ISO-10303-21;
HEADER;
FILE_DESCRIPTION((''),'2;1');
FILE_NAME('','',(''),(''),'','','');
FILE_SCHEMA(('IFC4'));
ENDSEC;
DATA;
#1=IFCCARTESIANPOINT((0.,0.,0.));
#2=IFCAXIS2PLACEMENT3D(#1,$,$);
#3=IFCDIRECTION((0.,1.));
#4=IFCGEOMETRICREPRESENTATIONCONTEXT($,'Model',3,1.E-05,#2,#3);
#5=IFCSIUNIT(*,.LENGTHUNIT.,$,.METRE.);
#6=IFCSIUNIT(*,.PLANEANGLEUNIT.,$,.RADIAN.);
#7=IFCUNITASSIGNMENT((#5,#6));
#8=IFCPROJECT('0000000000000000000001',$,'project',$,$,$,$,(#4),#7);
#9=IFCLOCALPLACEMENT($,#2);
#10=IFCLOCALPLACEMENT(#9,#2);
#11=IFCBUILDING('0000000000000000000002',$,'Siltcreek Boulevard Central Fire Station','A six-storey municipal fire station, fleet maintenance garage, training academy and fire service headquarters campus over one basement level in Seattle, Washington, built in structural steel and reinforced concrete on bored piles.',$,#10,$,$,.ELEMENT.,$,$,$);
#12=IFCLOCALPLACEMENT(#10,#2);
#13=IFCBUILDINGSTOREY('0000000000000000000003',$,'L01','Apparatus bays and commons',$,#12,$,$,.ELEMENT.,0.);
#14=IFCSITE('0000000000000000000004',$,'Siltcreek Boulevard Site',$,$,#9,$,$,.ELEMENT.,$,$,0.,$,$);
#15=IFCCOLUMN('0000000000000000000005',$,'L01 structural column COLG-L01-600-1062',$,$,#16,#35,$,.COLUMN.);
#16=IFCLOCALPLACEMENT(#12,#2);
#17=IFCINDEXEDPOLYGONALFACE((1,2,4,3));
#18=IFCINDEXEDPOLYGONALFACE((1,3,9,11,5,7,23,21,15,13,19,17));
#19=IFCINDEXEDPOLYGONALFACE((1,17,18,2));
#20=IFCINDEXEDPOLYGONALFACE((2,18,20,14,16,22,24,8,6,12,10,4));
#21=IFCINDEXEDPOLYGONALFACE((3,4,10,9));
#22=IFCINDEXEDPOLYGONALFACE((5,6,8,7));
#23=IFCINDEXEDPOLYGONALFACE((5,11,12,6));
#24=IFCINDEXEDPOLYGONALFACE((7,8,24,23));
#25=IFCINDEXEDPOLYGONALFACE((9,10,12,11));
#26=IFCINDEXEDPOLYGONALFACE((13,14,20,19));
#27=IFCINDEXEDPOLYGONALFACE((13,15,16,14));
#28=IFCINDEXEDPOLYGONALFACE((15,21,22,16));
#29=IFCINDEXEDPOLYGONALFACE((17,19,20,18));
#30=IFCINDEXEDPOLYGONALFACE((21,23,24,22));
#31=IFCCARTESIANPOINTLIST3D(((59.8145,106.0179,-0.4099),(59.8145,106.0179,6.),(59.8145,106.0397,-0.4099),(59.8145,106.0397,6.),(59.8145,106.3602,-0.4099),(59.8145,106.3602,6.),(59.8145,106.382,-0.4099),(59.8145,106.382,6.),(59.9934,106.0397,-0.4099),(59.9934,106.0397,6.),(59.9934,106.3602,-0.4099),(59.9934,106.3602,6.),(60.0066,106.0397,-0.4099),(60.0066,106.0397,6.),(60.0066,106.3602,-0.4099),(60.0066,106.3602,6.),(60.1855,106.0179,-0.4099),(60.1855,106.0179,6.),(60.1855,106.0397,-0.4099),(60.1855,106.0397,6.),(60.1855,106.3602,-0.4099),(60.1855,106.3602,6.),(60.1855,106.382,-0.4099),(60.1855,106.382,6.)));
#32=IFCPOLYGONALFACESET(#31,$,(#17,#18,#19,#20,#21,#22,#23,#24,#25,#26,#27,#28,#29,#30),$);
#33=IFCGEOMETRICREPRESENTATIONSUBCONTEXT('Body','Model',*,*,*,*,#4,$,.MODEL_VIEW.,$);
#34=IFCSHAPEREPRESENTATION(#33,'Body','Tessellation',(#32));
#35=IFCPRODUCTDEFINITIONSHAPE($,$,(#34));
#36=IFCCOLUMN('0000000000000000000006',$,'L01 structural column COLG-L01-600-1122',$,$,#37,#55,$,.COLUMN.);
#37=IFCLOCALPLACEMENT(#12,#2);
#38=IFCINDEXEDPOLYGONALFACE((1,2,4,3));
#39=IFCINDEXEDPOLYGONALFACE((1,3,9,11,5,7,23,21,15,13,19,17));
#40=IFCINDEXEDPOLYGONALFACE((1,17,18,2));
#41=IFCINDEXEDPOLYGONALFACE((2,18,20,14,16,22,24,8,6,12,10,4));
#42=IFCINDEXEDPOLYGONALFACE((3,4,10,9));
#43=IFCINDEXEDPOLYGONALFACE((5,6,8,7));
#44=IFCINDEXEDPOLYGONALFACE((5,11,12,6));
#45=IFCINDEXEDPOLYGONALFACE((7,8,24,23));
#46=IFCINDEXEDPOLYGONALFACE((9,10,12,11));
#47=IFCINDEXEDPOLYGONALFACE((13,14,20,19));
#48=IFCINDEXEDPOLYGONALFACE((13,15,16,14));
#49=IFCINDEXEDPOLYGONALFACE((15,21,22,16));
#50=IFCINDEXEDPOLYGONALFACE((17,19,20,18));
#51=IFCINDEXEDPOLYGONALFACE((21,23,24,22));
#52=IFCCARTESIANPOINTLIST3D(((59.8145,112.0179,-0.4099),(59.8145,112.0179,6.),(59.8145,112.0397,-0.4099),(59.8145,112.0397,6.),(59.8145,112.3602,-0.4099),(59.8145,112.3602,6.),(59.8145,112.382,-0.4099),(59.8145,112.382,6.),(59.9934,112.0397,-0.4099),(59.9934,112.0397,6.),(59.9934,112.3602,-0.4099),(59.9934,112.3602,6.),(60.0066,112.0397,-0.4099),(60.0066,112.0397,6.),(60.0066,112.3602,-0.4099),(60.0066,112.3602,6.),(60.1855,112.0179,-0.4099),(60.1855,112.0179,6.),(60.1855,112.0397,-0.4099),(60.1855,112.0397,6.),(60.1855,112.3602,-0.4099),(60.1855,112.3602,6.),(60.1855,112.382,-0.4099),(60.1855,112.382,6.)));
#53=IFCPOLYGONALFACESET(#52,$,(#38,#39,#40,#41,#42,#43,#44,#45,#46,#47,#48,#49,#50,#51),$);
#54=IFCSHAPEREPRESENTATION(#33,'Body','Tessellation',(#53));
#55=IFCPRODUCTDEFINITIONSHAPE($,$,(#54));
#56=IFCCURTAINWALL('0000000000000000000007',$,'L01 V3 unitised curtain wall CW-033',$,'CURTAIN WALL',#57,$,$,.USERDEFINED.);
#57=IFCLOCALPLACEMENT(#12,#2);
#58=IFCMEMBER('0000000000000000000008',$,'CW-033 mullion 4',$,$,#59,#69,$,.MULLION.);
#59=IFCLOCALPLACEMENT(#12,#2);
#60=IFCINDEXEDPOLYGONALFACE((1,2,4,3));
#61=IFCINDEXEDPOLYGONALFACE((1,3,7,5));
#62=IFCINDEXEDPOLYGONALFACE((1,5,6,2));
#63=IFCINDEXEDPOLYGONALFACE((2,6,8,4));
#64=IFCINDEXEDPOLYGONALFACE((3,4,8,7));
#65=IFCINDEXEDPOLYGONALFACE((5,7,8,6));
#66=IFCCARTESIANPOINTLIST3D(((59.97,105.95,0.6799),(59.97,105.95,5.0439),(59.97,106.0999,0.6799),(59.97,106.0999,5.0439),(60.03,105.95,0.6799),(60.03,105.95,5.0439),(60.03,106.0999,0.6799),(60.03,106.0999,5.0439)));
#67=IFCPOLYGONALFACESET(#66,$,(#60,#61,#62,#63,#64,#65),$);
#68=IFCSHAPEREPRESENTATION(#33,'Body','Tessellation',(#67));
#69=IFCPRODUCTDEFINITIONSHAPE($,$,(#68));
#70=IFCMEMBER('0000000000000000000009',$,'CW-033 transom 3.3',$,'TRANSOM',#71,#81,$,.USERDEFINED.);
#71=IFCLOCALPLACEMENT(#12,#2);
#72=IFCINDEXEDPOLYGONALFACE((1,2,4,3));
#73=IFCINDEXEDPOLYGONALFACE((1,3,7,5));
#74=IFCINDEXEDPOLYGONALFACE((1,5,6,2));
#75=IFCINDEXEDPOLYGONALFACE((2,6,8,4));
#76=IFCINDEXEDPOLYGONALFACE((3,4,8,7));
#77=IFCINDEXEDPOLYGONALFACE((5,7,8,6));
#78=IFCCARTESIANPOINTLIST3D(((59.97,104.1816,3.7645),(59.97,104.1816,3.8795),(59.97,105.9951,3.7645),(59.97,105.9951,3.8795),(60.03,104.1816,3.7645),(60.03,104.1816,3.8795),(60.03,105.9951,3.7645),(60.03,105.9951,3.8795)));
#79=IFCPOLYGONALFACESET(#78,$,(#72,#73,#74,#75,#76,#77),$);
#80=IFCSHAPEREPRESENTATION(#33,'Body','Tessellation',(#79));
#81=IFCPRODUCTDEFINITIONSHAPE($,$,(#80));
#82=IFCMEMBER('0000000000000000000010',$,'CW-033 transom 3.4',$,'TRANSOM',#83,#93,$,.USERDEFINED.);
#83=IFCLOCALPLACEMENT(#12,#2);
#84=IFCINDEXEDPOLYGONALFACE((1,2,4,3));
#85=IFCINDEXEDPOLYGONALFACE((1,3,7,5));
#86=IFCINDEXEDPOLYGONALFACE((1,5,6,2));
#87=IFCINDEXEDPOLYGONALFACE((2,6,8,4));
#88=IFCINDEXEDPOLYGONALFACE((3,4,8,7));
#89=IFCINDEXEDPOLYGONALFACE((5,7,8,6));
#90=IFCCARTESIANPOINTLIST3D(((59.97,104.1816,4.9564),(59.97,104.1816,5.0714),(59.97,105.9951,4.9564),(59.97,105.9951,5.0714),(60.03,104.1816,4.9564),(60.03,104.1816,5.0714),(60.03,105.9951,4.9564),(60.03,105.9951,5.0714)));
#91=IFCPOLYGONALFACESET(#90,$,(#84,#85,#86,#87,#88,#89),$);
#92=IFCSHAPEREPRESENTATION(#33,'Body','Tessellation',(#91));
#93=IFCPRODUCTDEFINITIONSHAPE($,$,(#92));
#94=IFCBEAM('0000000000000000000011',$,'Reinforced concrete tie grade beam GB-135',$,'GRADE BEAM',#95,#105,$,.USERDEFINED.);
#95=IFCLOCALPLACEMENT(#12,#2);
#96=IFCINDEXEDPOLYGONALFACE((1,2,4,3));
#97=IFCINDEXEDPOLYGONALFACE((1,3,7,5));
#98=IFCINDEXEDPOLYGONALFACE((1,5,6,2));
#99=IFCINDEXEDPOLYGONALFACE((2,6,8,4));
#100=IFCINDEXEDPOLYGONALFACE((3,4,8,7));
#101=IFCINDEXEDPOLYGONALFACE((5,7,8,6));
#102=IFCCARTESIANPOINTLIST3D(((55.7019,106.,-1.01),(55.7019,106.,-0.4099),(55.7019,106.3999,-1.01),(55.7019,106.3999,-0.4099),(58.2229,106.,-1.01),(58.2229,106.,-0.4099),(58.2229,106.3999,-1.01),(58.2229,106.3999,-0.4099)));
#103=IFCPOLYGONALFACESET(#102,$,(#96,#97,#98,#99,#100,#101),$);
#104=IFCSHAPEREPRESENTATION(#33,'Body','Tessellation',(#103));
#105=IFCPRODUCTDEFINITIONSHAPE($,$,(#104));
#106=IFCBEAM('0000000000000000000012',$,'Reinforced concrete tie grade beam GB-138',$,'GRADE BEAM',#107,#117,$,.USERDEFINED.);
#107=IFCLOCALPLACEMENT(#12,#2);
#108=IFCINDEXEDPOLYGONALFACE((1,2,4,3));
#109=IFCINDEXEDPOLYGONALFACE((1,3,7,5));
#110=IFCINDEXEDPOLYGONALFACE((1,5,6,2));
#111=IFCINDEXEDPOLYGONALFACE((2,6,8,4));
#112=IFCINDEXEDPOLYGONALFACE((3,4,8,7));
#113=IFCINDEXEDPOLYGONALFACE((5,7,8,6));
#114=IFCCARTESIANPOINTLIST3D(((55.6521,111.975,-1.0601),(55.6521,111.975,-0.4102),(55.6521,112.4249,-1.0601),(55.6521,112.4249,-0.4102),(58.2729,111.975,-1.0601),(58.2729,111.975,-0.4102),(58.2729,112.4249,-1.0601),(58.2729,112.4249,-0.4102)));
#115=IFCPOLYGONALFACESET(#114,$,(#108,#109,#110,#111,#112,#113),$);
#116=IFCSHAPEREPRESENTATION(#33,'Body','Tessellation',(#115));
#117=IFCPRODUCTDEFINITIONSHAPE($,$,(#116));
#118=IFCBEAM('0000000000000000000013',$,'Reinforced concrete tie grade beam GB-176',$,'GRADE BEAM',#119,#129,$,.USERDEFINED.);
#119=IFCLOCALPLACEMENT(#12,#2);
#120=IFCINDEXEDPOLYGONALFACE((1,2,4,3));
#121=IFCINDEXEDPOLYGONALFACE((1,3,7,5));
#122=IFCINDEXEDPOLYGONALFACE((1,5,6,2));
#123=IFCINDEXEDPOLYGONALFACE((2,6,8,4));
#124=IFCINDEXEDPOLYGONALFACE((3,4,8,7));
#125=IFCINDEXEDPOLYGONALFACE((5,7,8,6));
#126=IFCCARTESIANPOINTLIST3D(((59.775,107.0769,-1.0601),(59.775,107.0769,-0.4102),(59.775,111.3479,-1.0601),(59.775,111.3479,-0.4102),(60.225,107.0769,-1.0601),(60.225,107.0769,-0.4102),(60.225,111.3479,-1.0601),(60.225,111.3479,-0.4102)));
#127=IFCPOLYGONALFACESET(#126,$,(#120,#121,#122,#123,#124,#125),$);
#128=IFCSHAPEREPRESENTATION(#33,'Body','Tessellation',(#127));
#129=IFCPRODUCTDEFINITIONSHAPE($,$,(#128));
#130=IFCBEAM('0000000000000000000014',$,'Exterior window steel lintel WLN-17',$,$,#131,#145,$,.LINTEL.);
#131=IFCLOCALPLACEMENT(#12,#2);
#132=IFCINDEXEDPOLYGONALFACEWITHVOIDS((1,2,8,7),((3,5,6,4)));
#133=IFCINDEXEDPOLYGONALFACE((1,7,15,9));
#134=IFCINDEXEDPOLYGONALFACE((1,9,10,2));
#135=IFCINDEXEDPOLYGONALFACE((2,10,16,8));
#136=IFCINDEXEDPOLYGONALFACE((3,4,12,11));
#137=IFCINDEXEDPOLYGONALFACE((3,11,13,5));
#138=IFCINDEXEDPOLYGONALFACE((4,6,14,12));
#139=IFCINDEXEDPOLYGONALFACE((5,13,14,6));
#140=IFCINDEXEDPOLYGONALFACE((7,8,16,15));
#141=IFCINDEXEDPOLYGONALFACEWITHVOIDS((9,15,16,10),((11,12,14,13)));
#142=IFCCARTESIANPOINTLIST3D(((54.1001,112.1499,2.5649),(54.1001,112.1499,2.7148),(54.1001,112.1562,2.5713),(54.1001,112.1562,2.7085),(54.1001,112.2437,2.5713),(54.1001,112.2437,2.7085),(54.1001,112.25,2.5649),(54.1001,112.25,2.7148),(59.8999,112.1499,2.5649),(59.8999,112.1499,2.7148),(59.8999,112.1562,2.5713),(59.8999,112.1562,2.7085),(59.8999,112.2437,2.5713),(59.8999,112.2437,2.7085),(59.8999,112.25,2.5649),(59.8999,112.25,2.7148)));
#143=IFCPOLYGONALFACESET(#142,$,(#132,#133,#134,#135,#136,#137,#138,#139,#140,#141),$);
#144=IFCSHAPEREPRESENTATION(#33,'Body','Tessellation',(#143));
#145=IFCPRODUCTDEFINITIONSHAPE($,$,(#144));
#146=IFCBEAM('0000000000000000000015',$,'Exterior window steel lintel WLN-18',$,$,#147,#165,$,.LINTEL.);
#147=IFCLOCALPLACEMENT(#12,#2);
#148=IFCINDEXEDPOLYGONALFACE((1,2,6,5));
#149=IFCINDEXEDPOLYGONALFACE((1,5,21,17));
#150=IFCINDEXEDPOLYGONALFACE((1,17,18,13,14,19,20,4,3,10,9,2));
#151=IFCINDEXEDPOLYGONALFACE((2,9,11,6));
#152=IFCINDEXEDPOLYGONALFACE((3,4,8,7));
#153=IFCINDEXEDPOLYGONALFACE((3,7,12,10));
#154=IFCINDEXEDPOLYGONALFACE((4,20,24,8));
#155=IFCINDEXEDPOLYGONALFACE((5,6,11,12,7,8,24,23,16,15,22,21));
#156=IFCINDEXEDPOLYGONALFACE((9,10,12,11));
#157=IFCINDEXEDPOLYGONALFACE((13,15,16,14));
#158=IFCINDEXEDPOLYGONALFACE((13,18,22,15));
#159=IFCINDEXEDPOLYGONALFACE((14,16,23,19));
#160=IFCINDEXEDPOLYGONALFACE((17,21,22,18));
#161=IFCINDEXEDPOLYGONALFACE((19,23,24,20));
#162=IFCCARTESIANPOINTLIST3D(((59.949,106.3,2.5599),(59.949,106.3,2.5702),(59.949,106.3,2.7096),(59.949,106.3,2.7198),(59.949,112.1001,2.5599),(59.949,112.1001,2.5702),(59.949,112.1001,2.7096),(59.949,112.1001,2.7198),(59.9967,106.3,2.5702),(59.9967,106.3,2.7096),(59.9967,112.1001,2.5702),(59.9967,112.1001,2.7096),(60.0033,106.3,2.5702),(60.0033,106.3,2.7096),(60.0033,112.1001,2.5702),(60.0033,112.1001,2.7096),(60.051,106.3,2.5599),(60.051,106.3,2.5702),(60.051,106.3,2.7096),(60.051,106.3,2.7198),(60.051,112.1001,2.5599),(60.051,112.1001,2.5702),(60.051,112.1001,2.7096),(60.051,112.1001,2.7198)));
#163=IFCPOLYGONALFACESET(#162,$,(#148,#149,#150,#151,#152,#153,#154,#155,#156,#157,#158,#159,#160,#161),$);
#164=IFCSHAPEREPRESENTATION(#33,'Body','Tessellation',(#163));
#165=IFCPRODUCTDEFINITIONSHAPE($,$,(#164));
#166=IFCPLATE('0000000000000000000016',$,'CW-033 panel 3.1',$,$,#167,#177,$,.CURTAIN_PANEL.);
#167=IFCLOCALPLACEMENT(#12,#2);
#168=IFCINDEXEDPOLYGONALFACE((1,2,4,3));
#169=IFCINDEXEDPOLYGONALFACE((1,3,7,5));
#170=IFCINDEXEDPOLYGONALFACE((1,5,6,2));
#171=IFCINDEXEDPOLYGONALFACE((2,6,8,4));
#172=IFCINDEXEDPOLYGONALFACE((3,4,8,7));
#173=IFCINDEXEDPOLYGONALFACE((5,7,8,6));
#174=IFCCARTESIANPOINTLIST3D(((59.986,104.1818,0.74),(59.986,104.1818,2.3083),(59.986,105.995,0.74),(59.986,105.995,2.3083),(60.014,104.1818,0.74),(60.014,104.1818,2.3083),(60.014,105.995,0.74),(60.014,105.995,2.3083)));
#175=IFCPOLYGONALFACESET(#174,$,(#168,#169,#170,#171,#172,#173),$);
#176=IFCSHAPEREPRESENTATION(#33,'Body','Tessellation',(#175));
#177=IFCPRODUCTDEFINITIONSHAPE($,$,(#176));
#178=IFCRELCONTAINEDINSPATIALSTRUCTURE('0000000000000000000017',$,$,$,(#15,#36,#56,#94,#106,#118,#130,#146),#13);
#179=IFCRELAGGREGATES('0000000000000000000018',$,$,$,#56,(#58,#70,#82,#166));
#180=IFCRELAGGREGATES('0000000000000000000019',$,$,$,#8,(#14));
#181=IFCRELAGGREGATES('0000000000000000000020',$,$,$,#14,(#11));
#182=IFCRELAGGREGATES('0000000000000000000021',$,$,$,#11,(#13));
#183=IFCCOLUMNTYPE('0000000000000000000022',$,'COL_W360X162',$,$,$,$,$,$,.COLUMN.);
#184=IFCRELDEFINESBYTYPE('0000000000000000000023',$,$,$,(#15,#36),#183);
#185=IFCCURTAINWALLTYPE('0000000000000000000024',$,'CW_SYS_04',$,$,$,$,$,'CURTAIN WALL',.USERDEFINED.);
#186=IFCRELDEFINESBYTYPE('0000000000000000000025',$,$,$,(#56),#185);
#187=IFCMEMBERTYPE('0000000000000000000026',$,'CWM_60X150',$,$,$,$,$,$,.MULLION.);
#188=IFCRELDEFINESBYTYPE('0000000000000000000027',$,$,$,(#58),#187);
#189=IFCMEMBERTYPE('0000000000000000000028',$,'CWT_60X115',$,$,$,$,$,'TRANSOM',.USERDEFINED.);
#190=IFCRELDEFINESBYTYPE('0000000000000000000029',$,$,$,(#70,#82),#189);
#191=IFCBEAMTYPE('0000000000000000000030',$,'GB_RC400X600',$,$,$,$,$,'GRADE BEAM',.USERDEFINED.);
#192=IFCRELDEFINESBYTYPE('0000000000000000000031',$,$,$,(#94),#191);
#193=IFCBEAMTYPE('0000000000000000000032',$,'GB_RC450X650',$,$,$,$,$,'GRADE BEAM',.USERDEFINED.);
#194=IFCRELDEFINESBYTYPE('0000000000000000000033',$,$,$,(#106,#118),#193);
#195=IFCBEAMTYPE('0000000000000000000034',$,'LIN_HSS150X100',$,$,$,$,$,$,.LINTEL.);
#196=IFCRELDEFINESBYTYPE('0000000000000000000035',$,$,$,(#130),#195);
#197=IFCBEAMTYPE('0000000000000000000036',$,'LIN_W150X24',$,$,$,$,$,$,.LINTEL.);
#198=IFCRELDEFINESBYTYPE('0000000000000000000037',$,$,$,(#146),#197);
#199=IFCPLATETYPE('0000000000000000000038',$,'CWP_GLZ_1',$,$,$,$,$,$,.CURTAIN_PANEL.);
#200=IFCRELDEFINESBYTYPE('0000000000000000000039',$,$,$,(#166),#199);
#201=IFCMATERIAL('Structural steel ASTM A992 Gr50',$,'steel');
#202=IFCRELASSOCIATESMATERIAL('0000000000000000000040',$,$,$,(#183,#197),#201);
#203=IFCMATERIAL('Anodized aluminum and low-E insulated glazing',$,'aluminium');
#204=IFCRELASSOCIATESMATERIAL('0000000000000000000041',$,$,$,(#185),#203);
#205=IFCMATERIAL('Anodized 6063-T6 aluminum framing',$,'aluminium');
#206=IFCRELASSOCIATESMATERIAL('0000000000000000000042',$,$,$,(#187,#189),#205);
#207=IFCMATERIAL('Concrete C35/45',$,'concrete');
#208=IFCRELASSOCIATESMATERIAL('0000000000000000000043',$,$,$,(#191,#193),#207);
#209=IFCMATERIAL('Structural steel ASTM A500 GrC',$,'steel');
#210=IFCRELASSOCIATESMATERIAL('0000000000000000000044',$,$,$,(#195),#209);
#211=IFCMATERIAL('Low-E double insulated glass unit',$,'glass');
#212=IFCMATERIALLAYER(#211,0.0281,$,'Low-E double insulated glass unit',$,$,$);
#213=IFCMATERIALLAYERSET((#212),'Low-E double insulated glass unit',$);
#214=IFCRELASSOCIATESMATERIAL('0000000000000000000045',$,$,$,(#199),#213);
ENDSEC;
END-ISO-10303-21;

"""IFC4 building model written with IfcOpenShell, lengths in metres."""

from ifc_helpers import new_model, si_unit, direction, frame, origin, origin_2d, place, context, subcontext, project, spatial, rectangle, hollow_rectangle, i_section, extrude, material, layer, layer_set, material_profile, profile_set, type_object, element, aggregate, save


model = new_model("IFC4")

# Units and contexts
model_context = context("Model", 3, precision=1e-05, world=origin(), true_north=direction((0.0, 1.0)))
body_context = subcontext(model_context, "Body", "Model", "MODEL_VIEW")
ifc_project = project(units=[si_unit("LENGTHUNIT", "METRE"), si_unit("PLANEANGLEUNIT", "RADIAN")], contexts=[model_context])

# Site, building, storey
site_placement = place(None, origin())
site = spatial("IfcSite", under=ifc_project, at=site_placement, Name="Siltcreek Boulevard Site", CompositionType="ELEMENT", RefElevation=0.0)
building_placement = place(site_placement, origin())
building = spatial("IfcBuilding", under=site, at=building_placement, Name="Siltcreek Boulevard Central Fire Station", Description="A six-storey municipal fire station, fleet maintenance garage, training academy and fire service headquarters campus over one basement level in Seattle, Washington, built in structural steel and reinforced concrete on bored piles.", CompositionType="ELEMENT")
storey_placement = place(building_placement, origin())
storey = spatial("IfcBuildingStorey", under=building, at=storey_placement, Name="L01", Description="Apparatus bays and commons", CompositionType="ELEMENT", Elevation=0.0)

# Shared definitions
ifc_material_1 = material(Name="Concrete C35/45", Category="concrete")

# Columns
ifc_material_2 = material(Name="Structural steel ASTM A992 Gr50", Category="steel")
ifc_material_profile_1 = material_profile(ifc_material_2, i_section(OverallWidth=0.3711, OverallDepth=0.364, WebThickness=0.0132, FlangeThickness=0.0217, at=origin_2d()), Name="W360X162")
ifc_profile_set_1 = profile_set([ifc_material_profile_1], Name="Structural steel ASTM A992 Gr50")
column_type = type_object("IfcColumnType", Name="COL_W360X162", PredefinedType="COLUMN", material=ifc_profile_set_1)
for number, where, z_axis, x_axis, name in (
    (1, (60.0, 106.2, -0.4099), (0.0, 0.0, 1.0), (1.0, 0.0, 0.0), "L01 structural column COLG-L01-600-1062"),
    (2, (60.0, 112.2, -0.4099), (0.0, 0.0, 1.0), (1.0, 0.0, 0.0), "L01 structural column COLG-L01-600-1122"),
):
    element("IfcColumn", number, at=place(storey_placement, frame(where, z_axis=z_axis, x_axis=x_axis)), inside=storey, type_object=column_type, Name=name, PredefinedType="COLUMN", context=body_context, shape_type="SweptSolid", body=[
        extrude(i_section(OverallWidth=0.3711, OverallDepth=0.364, WebThickness=0.0132, FlangeThickness=0.0217, at=origin_2d()), origin(), (0.0, 0.0, 1.0), 6.4099),
    ])

# Curtain wall, members
ifc_material_3 = material(Name="Anodized aluminum and low-E insulated glazing", Category="aluminium")
curtain_wall_type = type_object("IfcCurtainWallType", Name="CW_SYS_04", ElementType="CURTAIN WALL", PredefinedType="USERDEFINED", material=ifc_material_3)
curtain_wall_placement = place(storey_placement, origin())
curtain_wall = element("IfcCurtainWall", 3, at=curtain_wall_placement, inside=storey, type_object=curtain_wall_type, Name="L01 V3 unitised curtain wall CW-033", ObjectType="CURTAIN WALL", PredefinedType="USERDEFINED")
ifc_material_4 = material(Name="Anodized 6063-T6 aluminum framing", Category="aluminium")
ifc_material_profile_2 = material_profile(ifc_material_4, rectangle(XDim=0.0601, YDim=0.1499, at=origin_2d()), Name="MULL60X150")
ifc_profile_set_2 = profile_set([ifc_material_profile_2], Name="Anodized 6063-T6 aluminum framing")
member_type_1 = type_object("IfcMemberType", Name="CWM_60X150", PredefinedType="MULLION", material=ifc_profile_set_2)
member_1_placement = place(storey_placement, frame((60.0, 106.0249, 0.6799), z_axis=(0.0, 0.0, 1.0), x_axis=(-1.0, 0.0, 0.0)))
member_1 = element("IfcMember", 4, at=member_1_placement, type_object=member_type_1, Name="CW-033 mullion 4", PredefinedType="MULLION", context=body_context, shape_type="SweptSolid", body=[
    extrude(rectangle(XDim=0.0601, YDim=0.1499, at=origin_2d()), origin(), (0.0, 0.0, 1.0), 4.364),
])
ifc_material_profile_3 = material_profile(ifc_material_4, rectangle(XDim=0.0601, YDim=0.115, at=origin_2d()), Name="TRAN60X115")
ifc_profile_set_3 = profile_set([ifc_material_profile_3], Name="Anodized 6063-T6 aluminum framing")
member_type_2 = type_object("IfcMemberType", Name="CWT_60X115", ElementType="TRANSOM", PredefinedType="USERDEFINED", material=ifc_profile_set_3)
member_2_placement = place(storey_placement, frame((60.0, 104.1816, 3.822), z_axis=(0.0, 1.0, 0.0), x_axis=(-1.0, 0.0, 0.0)))
member_2 = element("IfcMember", 5, at=member_2_placement, type_object=member_type_2, Name="CW-033 transom 3.3", ObjectType="TRANSOM", PredefinedType="USERDEFINED", context=body_context, shape_type="SweptSolid", body=[
    extrude(rectangle(XDim=0.0601, YDim=0.115, at=origin_2d()), origin(), (0.0, 0.0, 1.0), 1.8135),
])
member_3_placement = place(storey_placement, frame((60.0, 104.1816, 5.0139), z_axis=(0.0, 1.0, 0.0), x_axis=(-1.0, 0.0, 0.0)))
member_3 = element("IfcMember", 6, at=member_3_placement, type_object=member_type_2, Name="CW-033 transom 3.4", ObjectType="TRANSOM", PredefinedType="USERDEFINED", context=body_context, shape_type="SweptSolid", body=[
    extrude(rectangle(XDim=0.0601, YDim=0.115, at=origin_2d()), origin(), (0.0, 0.0, 1.0), 1.8135),
])

# Beams
ifc_material_profile_4 = material_profile(ifc_material_1, rectangle(XDim=0.3999, YDim=0.6001, at=origin_2d()), Name="RC400X600")
ifc_profile_set_4 = profile_set([ifc_material_profile_4], Name="Concrete C35/45")
beam_type_1 = type_object("IfcBeamType", Name="GB_RC400X600", ElementType="GRADE BEAM", PredefinedType="USERDEFINED", material=ifc_profile_set_4)
beam_1_placement = place(storey_placement, frame((55.7019, 106.2, -0.71), z_axis=(1.0, 0.0, 0.0), x_axis=(0.0, 1.0, 0.0)))
element("IfcBeam", 7, at=beam_1_placement, inside=storey, type_object=beam_type_1, Name="Reinforced concrete tie grade beam GB-135", ObjectType="GRADE BEAM", PredefinedType="USERDEFINED", context=body_context, shape_type="SweptSolid", body=[
    extrude(rectangle(XDim=0.3999, YDim=0.6001, at=origin_2d()), origin(), (0.0, 0.0, 1.0), 2.521),
])
ifc_material_profile_5 = material_profile(ifc_material_1, rectangle(XDim=0.45, YDim=0.6499, at=origin_2d()), Name="RC450X650")
ifc_profile_set_5 = profile_set([ifc_material_profile_5], Name="Concrete C35/45")
beam_type_2 = type_object("IfcBeamType", Name="GB_RC450X650", ElementType="GRADE BEAM", PredefinedType="USERDEFINED", material=ifc_profile_set_5)
beam_2_placement = place(storey_placement, frame((55.6521, 112.2, -0.7351), z_axis=(1.0, 0.0, 0.0), x_axis=(0.0, 1.0, 0.0)))
element("IfcBeam", 8, at=beam_2_placement, inside=storey, type_object=beam_type_2, Name="Reinforced concrete tie grade beam GB-138", ObjectType="GRADE BEAM", PredefinedType="USERDEFINED", context=body_context, shape_type="SweptSolid", body=[
    extrude(rectangle(XDim=0.45, YDim=0.6499, at=origin_2d()), origin(), (0.0, 0.0, 1.0), 2.6208),
])
beam_3_placement = place(storey_placement, frame((60.0, 107.0769, -0.7351), z_axis=(0.0, 1.0, 0.0), x_axis=(-1.0, 0.0, 0.0)))
element("IfcBeam", 9, at=beam_3_placement, inside=storey, type_object=beam_type_2, Name="Reinforced concrete tie grade beam GB-176", ObjectType="GRADE BEAM", PredefinedType="USERDEFINED", context=body_context, shape_type="SweptSolid", body=[
    extrude(rectangle(XDim=0.45, YDim=0.6499, at=origin_2d()), origin(), (0.0, 0.0, 1.0), 4.271),
])
ifc_material_5 = material(Name="Structural steel ASTM A500 GrC", Category="steel")
ifc_material_profile_6 = material_profile(ifc_material_5, hollow_rectangle(XDim=0.1001, YDim=0.1499, WallThickness=0.0063, at=origin_2d()), Name="HSS150X100X6.4")
ifc_profile_set_6 = profile_set([ifc_material_profile_6], Name="Structural steel ASTM A500 GrC")
beam_type_3 = type_object("IfcBeamType", Name="LIN_HSS150X100", PredefinedType="LINTEL", material=ifc_profile_set_6)
beam_4_placement = place(storey_placement, frame((59.8999, 112.2, 2.6399), z_axis=(-1.0, 0.0, 0.0), x_axis=(0.0, -1.0, 0.0)))
element("IfcBeam", 10, at=beam_4_placement, inside=storey, type_object=beam_type_3, Name="Exterior window steel lintel WLN-17", PredefinedType="LINTEL", context=body_context, shape_type="SweptSolid", body=[
    extrude(hollow_rectangle(XDim=0.1001, YDim=0.1499, WallThickness=0.0063, at=origin_2d()), origin(), (0.0, 0.0, 1.0), 5.7998),
])
ifc_material_profile_7 = material_profile(ifc_material_2, i_section(OverallWidth=0.1021, OverallDepth=0.1599, WebThickness=0.0066, FlangeThickness=0.0103, at=origin_2d()), Name="W150X24")
ifc_profile_set_7 = profile_set([ifc_material_profile_7], Name="Structural steel ASTM A992 Gr50")
beam_type_4 = type_object("IfcBeamType", Name="LIN_W150X24", PredefinedType="LINTEL", material=ifc_profile_set_7)
beam_5_placement = place(storey_placement, frame((60.0, 106.3, 2.6399), z_axis=(0.0, 1.0, 0.0), x_axis=(-1.0, 0.0, 0.0)))
element("IfcBeam", 11, at=beam_5_placement, inside=storey, type_object=beam_type_4, Name="Exterior window steel lintel WLN-18", PredefinedType="LINTEL", context=body_context, shape_type="SweptSolid", body=[
    extrude(i_section(OverallWidth=0.1021, OverallDepth=0.1599, WebThickness=0.0066, FlangeThickness=0.0103, at=origin_2d()), origin(), (0.0, 0.0, 1.0), 5.8),
])

# Plate
ifc_material_6 = material(Name="Low-E double insulated glass unit", Category="glass")
ifc_layer_1 = layer(ifc_material_6, 0.0281, Name="Low-E double insulated glass unit")
ifc_layer_set_1 = layer_set([ifc_layer_1], Name="Low-E double insulated glass unit")
plate_type = type_object("IfcPlateType", Name="CWP_GLZ_1", PredefinedType="CURTAIN_PANEL", material=ifc_layer_set_1)
plate_1_placement = place(storey_placement, frame((60.0, 105.0884, 0.74), z_axis=(0.0, 0.0, 1.0), x_axis=(0.0, 1.0, 0.0)))
plate_1 = element("IfcPlate", 12, at=plate_1_placement, type_object=plate_type, Name="CW-033 panel 3.1", PredefinedType="CURTAIN_PANEL", context=body_context, shape_type="SweptSolid", body=[
    extrude(rectangle(XDim=1.8132, YDim=0.0281, at=origin_2d()), origin(), (0.0, 0.0, 1.0), 1.5684),
])
aggregate(curtain_wall, [member_1, member_2, member_3, plate_1])

save(model, "model.ifc")
